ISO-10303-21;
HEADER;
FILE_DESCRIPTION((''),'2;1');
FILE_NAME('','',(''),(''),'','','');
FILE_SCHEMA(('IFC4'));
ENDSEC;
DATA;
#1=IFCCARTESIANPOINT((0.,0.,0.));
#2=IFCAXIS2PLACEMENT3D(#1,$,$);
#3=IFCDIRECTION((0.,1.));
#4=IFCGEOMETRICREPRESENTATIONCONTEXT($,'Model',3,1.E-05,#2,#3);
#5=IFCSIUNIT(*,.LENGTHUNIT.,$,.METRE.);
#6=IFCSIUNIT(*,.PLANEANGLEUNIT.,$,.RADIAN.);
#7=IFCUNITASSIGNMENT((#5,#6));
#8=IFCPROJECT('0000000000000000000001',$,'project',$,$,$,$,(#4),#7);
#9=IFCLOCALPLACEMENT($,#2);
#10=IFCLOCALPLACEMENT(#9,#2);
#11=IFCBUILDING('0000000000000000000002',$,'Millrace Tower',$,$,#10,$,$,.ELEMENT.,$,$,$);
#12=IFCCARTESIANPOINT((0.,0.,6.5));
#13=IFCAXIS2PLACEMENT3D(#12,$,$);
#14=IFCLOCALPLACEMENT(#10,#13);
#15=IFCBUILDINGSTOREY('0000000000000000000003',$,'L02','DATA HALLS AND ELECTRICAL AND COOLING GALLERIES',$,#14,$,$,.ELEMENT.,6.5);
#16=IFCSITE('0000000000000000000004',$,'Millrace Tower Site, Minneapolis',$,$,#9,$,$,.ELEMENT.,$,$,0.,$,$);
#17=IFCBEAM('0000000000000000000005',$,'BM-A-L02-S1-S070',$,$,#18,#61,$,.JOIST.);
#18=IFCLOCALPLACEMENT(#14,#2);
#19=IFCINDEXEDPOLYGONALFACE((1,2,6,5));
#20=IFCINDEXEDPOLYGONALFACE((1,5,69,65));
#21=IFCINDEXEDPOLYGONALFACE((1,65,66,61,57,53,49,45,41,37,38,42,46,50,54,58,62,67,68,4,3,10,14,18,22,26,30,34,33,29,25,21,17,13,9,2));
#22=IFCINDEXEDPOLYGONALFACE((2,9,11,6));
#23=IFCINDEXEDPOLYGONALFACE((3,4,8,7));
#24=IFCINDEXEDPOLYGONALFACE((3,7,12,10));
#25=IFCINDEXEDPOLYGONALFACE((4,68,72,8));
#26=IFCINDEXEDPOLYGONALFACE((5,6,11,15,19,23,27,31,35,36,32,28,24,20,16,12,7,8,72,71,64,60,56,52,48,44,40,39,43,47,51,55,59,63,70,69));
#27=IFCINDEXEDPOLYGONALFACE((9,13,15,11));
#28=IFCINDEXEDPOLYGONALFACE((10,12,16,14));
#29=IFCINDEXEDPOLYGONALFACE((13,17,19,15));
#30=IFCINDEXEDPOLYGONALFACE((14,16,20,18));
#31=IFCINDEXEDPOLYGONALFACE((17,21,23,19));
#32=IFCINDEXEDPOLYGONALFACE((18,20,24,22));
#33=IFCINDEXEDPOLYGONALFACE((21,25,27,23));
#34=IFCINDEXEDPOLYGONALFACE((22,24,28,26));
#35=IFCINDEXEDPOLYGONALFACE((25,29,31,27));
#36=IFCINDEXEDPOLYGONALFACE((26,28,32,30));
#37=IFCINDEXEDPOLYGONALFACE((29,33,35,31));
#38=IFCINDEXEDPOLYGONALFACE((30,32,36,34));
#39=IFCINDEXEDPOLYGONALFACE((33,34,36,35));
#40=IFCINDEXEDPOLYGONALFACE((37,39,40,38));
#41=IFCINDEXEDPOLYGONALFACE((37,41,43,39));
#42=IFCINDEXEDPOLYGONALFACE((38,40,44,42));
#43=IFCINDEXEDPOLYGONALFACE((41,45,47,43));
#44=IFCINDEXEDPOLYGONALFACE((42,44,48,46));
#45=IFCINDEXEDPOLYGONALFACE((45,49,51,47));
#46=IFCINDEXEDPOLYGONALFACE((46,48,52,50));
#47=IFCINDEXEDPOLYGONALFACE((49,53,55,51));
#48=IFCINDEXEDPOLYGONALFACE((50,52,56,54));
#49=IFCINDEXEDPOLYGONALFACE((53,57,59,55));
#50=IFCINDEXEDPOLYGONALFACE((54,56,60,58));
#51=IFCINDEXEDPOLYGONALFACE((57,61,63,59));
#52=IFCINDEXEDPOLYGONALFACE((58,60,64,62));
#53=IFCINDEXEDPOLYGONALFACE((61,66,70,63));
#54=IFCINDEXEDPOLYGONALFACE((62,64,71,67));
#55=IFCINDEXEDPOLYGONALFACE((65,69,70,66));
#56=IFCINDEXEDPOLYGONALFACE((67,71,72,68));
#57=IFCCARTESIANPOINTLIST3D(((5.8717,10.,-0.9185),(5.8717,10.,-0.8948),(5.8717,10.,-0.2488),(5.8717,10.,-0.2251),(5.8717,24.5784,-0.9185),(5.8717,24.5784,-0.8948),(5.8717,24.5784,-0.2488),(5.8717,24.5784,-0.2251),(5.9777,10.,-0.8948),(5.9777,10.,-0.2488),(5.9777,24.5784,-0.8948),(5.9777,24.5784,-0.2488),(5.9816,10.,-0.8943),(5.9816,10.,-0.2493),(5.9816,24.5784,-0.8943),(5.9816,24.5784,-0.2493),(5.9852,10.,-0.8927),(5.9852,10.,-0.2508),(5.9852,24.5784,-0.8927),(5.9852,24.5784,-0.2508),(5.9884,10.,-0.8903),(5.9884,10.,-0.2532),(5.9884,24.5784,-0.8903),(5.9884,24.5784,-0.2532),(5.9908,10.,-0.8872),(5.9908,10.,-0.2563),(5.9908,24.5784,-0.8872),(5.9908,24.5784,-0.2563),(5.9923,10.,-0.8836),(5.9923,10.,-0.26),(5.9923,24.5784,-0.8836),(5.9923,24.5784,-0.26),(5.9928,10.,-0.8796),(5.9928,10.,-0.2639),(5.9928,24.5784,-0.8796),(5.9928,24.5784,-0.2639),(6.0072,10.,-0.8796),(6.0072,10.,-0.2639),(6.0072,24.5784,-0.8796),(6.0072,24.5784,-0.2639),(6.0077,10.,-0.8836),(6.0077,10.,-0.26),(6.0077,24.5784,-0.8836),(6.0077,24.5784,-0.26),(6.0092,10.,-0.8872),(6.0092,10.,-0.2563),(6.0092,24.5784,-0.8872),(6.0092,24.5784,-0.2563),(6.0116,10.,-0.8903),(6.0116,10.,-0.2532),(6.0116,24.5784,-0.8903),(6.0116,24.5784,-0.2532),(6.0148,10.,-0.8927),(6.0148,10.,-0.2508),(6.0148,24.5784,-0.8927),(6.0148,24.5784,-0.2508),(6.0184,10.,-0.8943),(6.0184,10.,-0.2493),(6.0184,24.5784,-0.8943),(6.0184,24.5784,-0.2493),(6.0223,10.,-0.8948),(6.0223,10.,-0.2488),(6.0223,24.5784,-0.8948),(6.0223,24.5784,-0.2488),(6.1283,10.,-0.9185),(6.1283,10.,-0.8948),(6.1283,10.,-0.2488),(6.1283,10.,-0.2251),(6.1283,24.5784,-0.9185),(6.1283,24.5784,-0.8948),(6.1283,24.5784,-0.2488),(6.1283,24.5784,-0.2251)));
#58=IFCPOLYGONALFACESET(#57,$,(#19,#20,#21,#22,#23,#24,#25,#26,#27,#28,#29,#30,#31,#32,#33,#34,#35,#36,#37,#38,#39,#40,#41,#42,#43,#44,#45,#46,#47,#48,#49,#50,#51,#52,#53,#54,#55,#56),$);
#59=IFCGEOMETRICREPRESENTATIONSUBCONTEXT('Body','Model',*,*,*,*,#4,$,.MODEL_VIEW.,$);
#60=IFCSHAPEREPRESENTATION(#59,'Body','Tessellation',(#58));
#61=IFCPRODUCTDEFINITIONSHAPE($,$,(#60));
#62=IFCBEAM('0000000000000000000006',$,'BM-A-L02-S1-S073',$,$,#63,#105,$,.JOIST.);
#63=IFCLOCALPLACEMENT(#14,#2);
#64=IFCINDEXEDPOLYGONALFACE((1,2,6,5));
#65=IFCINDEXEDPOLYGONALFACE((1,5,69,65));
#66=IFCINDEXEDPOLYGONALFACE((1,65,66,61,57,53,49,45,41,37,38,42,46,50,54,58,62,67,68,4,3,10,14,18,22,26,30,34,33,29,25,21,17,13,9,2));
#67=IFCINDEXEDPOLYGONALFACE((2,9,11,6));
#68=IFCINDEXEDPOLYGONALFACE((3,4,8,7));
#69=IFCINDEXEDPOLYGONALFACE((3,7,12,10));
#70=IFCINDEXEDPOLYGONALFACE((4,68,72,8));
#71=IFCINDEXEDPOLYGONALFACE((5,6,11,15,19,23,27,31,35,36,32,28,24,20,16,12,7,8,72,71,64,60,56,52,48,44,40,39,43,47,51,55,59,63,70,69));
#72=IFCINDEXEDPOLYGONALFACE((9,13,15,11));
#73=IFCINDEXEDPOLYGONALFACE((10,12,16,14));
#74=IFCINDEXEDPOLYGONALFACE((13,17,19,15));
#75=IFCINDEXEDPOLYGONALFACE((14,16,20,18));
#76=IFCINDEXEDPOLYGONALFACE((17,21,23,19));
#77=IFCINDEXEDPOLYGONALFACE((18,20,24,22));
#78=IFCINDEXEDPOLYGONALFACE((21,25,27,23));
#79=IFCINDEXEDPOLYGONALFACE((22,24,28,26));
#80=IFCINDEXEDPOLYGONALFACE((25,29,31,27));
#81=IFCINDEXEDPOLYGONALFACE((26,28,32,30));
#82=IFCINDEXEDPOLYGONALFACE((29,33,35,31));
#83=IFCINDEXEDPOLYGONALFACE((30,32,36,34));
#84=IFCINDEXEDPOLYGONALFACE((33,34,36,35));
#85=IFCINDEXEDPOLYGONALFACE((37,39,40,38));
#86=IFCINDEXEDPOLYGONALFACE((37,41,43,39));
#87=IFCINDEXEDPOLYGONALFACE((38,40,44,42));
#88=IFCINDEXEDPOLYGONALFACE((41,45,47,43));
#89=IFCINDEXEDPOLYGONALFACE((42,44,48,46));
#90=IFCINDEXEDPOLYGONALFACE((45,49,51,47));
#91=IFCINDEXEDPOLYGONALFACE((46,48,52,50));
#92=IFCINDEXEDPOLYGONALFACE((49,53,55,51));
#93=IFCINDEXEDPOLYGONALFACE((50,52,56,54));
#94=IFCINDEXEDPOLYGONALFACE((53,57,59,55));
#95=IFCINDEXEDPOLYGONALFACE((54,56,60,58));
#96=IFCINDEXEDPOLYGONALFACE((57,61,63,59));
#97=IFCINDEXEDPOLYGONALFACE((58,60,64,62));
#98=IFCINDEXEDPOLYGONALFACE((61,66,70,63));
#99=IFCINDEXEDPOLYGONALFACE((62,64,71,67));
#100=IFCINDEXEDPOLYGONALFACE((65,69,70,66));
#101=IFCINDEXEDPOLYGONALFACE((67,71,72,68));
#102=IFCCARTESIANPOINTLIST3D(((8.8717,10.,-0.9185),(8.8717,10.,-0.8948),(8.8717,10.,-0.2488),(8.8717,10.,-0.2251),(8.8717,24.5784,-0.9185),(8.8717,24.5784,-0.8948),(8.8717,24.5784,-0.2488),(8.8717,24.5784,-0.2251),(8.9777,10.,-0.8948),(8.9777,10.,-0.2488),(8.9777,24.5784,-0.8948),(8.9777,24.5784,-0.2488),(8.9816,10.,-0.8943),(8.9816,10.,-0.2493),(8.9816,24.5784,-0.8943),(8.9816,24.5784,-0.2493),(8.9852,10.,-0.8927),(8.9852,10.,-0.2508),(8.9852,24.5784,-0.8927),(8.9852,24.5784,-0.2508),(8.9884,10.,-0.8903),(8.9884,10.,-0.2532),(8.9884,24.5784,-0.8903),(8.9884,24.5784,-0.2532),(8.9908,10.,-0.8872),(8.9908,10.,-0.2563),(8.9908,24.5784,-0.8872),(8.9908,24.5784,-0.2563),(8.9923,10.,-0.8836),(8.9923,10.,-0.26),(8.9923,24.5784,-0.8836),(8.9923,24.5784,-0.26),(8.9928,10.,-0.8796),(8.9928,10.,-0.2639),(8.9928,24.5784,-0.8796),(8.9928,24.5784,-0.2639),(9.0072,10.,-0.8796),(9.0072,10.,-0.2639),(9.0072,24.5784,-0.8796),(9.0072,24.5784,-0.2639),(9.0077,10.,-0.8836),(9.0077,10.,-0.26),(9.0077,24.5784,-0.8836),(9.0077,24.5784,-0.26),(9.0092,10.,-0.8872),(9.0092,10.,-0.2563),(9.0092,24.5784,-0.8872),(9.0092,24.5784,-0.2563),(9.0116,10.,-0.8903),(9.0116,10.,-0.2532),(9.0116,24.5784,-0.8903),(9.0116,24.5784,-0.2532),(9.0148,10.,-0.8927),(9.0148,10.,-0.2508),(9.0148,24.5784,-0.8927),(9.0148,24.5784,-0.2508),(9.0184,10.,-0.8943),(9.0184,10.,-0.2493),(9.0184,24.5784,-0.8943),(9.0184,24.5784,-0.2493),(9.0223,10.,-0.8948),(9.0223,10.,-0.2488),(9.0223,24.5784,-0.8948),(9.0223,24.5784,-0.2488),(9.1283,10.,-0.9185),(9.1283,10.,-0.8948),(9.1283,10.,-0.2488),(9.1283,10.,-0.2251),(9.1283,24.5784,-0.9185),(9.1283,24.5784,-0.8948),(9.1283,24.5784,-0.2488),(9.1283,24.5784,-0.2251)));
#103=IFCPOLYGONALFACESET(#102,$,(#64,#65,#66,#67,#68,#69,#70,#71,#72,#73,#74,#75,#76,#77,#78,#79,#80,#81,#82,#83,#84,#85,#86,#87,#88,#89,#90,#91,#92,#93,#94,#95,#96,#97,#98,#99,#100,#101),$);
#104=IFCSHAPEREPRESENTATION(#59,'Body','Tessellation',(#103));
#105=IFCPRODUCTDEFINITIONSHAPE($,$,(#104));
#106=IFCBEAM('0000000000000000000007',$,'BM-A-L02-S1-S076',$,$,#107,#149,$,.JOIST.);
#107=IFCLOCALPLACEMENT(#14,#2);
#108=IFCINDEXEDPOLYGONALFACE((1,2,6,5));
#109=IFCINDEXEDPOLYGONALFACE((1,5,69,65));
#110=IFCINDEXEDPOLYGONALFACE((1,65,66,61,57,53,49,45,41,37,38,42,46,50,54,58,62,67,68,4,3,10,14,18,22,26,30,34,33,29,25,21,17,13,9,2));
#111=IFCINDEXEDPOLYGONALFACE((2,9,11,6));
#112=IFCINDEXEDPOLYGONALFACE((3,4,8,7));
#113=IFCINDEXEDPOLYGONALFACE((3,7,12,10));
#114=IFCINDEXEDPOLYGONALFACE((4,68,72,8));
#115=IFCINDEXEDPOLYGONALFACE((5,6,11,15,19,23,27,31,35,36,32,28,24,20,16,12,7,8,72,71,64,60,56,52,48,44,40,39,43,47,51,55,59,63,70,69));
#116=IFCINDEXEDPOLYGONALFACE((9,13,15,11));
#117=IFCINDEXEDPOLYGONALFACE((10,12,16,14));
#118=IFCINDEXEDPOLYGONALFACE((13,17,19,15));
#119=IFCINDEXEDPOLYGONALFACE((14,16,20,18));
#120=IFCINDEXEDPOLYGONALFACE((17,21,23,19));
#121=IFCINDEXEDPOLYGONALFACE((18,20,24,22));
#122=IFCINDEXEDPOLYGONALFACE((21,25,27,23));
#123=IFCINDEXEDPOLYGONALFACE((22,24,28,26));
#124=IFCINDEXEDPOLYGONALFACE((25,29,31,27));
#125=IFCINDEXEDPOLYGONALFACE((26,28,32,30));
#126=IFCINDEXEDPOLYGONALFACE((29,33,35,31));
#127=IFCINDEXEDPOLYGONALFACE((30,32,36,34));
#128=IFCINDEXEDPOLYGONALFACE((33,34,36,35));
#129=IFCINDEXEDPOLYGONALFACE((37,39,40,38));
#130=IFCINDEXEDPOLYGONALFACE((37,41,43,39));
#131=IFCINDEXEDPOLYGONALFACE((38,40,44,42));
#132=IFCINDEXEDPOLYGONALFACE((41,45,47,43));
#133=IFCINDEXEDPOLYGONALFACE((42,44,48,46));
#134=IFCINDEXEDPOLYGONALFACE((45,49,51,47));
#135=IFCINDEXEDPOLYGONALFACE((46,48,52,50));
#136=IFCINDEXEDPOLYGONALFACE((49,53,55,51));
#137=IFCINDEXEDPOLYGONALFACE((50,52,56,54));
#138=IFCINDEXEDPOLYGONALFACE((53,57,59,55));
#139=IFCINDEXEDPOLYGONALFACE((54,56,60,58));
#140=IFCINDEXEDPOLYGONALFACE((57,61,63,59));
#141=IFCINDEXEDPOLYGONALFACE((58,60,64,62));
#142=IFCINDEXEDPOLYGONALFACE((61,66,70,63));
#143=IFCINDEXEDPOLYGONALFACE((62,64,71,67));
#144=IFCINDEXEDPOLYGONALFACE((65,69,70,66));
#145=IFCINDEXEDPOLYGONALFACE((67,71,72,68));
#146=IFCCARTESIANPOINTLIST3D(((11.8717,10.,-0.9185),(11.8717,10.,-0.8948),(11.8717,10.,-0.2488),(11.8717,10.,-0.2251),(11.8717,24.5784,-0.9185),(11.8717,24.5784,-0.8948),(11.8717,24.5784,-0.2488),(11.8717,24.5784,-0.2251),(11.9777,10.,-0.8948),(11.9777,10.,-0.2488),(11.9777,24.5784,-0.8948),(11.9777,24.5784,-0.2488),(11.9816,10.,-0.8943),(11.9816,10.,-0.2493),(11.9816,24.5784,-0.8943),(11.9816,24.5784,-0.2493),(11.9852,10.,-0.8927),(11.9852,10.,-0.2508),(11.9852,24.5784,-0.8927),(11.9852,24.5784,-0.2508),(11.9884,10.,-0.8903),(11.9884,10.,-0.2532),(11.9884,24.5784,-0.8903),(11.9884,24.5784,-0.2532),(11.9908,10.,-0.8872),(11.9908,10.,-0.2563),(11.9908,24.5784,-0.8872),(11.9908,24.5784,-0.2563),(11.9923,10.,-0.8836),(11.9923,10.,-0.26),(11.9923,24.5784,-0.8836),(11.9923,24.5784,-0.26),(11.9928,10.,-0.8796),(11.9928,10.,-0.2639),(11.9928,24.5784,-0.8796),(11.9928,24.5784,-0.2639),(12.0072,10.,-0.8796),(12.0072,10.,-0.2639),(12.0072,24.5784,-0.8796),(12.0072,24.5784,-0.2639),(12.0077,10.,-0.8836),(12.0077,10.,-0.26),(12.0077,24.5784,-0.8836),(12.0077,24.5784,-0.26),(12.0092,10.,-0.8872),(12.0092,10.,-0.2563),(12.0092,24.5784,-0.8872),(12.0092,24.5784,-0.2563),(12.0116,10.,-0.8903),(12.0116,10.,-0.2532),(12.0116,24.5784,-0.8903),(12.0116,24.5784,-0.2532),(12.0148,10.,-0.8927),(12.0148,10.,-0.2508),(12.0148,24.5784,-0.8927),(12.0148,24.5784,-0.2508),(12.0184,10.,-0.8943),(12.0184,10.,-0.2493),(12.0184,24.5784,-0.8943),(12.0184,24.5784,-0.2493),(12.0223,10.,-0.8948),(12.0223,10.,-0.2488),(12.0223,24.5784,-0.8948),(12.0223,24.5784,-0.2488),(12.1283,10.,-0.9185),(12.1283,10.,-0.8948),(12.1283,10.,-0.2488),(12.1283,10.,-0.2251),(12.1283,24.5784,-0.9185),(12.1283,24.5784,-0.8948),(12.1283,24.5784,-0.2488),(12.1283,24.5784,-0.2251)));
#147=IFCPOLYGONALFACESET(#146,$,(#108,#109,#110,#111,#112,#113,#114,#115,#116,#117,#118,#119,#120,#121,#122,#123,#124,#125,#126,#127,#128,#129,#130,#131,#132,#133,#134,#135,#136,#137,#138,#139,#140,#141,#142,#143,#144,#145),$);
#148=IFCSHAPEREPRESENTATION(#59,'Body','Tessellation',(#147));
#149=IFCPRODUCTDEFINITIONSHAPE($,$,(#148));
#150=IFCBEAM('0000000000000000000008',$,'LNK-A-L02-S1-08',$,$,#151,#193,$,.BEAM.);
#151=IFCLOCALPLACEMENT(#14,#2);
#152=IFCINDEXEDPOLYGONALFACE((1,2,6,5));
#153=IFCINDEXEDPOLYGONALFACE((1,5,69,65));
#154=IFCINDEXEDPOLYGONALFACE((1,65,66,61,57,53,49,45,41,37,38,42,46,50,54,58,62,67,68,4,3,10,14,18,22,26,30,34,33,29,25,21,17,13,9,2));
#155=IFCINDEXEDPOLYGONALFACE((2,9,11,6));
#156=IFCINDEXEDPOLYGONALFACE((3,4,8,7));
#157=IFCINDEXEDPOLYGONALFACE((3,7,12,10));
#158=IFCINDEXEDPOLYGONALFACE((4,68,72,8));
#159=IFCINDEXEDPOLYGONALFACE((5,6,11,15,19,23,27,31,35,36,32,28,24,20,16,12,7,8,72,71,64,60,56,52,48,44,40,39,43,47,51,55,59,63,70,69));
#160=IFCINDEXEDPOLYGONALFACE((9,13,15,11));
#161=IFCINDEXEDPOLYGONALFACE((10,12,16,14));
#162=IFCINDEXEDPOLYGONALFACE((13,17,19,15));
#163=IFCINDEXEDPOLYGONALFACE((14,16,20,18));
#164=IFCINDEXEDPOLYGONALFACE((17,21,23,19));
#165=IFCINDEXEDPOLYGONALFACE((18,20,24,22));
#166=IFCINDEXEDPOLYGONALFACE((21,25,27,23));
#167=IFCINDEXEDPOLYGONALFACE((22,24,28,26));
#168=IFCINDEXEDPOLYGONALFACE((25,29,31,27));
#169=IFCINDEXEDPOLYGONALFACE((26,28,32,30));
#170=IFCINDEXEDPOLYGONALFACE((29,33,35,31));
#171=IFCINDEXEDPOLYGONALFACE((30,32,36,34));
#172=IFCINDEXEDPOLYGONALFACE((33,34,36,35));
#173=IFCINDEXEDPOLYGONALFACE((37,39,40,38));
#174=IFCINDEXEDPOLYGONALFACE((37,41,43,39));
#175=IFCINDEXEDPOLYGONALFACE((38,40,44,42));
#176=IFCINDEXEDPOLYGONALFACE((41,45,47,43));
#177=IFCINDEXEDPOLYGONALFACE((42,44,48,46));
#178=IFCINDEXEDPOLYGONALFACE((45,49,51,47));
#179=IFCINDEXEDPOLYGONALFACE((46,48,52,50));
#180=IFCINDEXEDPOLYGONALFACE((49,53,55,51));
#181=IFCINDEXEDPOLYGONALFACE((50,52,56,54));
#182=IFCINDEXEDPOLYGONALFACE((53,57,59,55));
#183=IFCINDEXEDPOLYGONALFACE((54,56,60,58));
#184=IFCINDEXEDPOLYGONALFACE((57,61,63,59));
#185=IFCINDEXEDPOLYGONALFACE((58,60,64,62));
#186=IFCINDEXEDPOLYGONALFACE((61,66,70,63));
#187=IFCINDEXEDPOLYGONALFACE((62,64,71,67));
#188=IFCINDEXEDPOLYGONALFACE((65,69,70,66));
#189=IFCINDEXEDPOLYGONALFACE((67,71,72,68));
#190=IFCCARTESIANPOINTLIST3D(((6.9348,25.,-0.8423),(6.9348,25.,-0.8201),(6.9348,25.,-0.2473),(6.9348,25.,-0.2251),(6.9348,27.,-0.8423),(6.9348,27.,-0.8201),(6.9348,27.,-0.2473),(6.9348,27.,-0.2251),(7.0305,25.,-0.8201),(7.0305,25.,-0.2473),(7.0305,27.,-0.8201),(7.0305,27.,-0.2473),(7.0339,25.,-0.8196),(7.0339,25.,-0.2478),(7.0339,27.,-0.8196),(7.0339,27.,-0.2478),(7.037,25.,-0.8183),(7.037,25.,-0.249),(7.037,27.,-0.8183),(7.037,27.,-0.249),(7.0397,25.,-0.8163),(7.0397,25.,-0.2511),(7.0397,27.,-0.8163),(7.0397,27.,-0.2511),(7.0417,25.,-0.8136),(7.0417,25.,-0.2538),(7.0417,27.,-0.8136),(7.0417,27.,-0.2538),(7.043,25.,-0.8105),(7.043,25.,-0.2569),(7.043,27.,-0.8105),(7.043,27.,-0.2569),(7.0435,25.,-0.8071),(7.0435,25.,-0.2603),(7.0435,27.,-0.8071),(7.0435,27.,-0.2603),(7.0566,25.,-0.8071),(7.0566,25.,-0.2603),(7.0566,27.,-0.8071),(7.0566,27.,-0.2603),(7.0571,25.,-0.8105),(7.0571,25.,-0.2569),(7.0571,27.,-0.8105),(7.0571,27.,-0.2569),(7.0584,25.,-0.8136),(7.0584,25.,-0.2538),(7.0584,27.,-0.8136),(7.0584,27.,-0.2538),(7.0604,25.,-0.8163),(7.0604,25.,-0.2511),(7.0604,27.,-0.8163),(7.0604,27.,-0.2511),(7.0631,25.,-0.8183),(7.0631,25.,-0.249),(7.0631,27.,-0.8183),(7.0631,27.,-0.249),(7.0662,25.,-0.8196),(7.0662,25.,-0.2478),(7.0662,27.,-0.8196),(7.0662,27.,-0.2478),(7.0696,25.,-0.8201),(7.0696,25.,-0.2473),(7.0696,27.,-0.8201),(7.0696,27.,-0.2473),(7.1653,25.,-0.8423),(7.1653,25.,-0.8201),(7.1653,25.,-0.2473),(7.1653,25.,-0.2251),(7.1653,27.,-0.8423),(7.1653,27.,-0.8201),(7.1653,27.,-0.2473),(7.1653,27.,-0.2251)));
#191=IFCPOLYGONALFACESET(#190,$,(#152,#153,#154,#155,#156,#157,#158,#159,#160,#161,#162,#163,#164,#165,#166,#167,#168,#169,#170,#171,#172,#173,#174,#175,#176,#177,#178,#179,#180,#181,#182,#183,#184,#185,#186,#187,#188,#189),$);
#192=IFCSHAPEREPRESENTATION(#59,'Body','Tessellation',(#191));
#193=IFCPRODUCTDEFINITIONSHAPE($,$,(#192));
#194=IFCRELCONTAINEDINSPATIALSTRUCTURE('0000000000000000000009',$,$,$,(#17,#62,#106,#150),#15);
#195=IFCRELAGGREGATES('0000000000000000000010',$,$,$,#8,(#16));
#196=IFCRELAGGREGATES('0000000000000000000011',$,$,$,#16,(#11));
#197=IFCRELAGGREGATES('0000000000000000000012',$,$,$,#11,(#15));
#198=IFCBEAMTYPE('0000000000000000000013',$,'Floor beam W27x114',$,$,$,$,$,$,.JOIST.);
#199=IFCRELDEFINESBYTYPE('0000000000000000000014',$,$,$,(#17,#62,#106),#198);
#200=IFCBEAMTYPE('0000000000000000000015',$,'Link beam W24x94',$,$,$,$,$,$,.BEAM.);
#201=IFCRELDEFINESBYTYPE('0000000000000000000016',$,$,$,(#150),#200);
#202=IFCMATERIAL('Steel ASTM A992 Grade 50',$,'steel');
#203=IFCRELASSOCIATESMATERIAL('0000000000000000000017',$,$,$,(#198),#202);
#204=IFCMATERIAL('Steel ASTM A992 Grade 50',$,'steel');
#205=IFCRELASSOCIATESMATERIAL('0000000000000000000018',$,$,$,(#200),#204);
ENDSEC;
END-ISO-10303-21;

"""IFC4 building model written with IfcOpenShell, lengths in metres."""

from ifc_helpers import new_model, si_unit, direction, frame, origin, origin_2d, place, context, subcontext, project, spatial, i_section, extrude, material, material_profile, profile_set, type_object, element, save


model = new_model("IFC4")

# Units and contexts
model_context = context("Model", 3, precision=1e-05, world=origin(), true_north=direction((0.0, 1.0)))
body_context = subcontext(model_context, "Body", "Model", "MODEL_VIEW")
ifc_project = project(units=[si_unit("LENGTHUNIT", "METRE"), si_unit("PLANEANGLEUNIT", "RADIAN")], contexts=[model_context])

# Site, building, storey
site_placement = place(None, origin())
site = spatial("IfcSite", under=ifc_project, at=site_placement, Name="Millrace Tower Site, Minneapolis", CompositionType="ELEMENT", RefElevation=0.0)
building_placement = place(site_placement, origin())
building = spatial("IfcBuilding", under=site, at=building_placement, Name="Millrace Tower", CompositionType="ELEMENT")
storey_placement = place(building_placement, frame((0.0, 0.0, 6.5)))
storey = spatial("IfcBuildingStorey", under=building, at=storey_placement, Name="L02", Description="DATA HALLS AND ELECTRICAL AND COOLING GALLERIES", CompositionType="ELEMENT", Elevation=6.5)

# Beams
ifc_material_1 = material(Name="Steel ASTM A992 Grade 50", Category="steel")
ifc_material_profile_1 = material_profile(ifc_material_1, i_section(OverallWidth=0.2566, OverallDepth=0.6934, WebThickness=0.0144, FlangeThickness=0.0237, FilletRadius=0.0151, at=origin_2d()))
ifc_profile_set_1 = profile_set([ifc_material_profile_1], Name="Steel ASTM A992 Grade 50")
beam_type_1 = type_object("IfcBeamType", Name="Floor beam W27x114", PredefinedType="JOIST", material=ifc_profile_set_1)
for number, where, z_axis, x_axis, name in (
    (1, (6.0, 10.0, -0.5718), (0.0, 1.0, 0.0), (-1.0, 0.0, 0.0), "BM-A-L02-S1-S070"),
    (2, (9.0, 10.0, -0.5718), (0.0, 1.0, 0.0), (-1.0, 0.0, 0.0), "BM-A-L02-S1-S073"),
    (3, (12.0, 10.0, -0.5718), (0.0, 1.0, 0.0), (-1.0, 0.0, 0.0), "BM-A-L02-S1-S076"),
):
    element("IfcBeam", number, at=place(storey_placement, frame(where, z_axis=z_axis, x_axis=x_axis)), inside=storey, type_object=beam_type_1, Name=name, PredefinedType="JOIST", context=body_context, shape_type="SweptSolid", body=[
        extrude(i_section(OverallWidth=0.2566, OverallDepth=0.6934, WebThickness=0.0144, FlangeThickness=0.0237, FilletRadius=0.0151, at=origin_2d()), origin(), (0.0, 0.0, 1.0), 14.5784),
    ])
ifc_material_2 = material(Name="Steel ASTM A992 Grade 50", Category="steel")
ifc_material_profile_2 = material_profile(ifc_material_2, i_section(OverallWidth=0.2305, OverallDepth=0.6172, WebThickness=0.0132, FlangeThickness=0.0222, FilletRadius=0.0129, at=origin_2d()))
ifc_profile_set_2 = profile_set([ifc_material_profile_2], Name="Steel ASTM A992 Grade 50")
beam_type_2 = type_object("IfcBeamType", Name="Link beam W24x94", PredefinedType="BEAM", material=ifc_profile_set_2)
beam_1_placement = place(storey_placement, frame((7.05, 25.0, -0.5337), z_axis=(0.0, 1.0, 0.0), x_axis=(-1.0, 0.0, 0.0)))
element("IfcBeam", 4, at=beam_1_placement, inside=storey, type_object=beam_type_2, Name="LNK-A-L02-S1-08", PredefinedType="BEAM", context=body_context, shape_type="SweptSolid", body=[
    extrude(i_section(OverallWidth=0.2305, OverallDepth=0.6172, WebThickness=0.0132, FlangeThickness=0.0222, FilletRadius=0.0129, at=origin_2d()), origin(), (0.0, 0.0, 1.0), 2.0),
])

save(model, "model.ifc")
